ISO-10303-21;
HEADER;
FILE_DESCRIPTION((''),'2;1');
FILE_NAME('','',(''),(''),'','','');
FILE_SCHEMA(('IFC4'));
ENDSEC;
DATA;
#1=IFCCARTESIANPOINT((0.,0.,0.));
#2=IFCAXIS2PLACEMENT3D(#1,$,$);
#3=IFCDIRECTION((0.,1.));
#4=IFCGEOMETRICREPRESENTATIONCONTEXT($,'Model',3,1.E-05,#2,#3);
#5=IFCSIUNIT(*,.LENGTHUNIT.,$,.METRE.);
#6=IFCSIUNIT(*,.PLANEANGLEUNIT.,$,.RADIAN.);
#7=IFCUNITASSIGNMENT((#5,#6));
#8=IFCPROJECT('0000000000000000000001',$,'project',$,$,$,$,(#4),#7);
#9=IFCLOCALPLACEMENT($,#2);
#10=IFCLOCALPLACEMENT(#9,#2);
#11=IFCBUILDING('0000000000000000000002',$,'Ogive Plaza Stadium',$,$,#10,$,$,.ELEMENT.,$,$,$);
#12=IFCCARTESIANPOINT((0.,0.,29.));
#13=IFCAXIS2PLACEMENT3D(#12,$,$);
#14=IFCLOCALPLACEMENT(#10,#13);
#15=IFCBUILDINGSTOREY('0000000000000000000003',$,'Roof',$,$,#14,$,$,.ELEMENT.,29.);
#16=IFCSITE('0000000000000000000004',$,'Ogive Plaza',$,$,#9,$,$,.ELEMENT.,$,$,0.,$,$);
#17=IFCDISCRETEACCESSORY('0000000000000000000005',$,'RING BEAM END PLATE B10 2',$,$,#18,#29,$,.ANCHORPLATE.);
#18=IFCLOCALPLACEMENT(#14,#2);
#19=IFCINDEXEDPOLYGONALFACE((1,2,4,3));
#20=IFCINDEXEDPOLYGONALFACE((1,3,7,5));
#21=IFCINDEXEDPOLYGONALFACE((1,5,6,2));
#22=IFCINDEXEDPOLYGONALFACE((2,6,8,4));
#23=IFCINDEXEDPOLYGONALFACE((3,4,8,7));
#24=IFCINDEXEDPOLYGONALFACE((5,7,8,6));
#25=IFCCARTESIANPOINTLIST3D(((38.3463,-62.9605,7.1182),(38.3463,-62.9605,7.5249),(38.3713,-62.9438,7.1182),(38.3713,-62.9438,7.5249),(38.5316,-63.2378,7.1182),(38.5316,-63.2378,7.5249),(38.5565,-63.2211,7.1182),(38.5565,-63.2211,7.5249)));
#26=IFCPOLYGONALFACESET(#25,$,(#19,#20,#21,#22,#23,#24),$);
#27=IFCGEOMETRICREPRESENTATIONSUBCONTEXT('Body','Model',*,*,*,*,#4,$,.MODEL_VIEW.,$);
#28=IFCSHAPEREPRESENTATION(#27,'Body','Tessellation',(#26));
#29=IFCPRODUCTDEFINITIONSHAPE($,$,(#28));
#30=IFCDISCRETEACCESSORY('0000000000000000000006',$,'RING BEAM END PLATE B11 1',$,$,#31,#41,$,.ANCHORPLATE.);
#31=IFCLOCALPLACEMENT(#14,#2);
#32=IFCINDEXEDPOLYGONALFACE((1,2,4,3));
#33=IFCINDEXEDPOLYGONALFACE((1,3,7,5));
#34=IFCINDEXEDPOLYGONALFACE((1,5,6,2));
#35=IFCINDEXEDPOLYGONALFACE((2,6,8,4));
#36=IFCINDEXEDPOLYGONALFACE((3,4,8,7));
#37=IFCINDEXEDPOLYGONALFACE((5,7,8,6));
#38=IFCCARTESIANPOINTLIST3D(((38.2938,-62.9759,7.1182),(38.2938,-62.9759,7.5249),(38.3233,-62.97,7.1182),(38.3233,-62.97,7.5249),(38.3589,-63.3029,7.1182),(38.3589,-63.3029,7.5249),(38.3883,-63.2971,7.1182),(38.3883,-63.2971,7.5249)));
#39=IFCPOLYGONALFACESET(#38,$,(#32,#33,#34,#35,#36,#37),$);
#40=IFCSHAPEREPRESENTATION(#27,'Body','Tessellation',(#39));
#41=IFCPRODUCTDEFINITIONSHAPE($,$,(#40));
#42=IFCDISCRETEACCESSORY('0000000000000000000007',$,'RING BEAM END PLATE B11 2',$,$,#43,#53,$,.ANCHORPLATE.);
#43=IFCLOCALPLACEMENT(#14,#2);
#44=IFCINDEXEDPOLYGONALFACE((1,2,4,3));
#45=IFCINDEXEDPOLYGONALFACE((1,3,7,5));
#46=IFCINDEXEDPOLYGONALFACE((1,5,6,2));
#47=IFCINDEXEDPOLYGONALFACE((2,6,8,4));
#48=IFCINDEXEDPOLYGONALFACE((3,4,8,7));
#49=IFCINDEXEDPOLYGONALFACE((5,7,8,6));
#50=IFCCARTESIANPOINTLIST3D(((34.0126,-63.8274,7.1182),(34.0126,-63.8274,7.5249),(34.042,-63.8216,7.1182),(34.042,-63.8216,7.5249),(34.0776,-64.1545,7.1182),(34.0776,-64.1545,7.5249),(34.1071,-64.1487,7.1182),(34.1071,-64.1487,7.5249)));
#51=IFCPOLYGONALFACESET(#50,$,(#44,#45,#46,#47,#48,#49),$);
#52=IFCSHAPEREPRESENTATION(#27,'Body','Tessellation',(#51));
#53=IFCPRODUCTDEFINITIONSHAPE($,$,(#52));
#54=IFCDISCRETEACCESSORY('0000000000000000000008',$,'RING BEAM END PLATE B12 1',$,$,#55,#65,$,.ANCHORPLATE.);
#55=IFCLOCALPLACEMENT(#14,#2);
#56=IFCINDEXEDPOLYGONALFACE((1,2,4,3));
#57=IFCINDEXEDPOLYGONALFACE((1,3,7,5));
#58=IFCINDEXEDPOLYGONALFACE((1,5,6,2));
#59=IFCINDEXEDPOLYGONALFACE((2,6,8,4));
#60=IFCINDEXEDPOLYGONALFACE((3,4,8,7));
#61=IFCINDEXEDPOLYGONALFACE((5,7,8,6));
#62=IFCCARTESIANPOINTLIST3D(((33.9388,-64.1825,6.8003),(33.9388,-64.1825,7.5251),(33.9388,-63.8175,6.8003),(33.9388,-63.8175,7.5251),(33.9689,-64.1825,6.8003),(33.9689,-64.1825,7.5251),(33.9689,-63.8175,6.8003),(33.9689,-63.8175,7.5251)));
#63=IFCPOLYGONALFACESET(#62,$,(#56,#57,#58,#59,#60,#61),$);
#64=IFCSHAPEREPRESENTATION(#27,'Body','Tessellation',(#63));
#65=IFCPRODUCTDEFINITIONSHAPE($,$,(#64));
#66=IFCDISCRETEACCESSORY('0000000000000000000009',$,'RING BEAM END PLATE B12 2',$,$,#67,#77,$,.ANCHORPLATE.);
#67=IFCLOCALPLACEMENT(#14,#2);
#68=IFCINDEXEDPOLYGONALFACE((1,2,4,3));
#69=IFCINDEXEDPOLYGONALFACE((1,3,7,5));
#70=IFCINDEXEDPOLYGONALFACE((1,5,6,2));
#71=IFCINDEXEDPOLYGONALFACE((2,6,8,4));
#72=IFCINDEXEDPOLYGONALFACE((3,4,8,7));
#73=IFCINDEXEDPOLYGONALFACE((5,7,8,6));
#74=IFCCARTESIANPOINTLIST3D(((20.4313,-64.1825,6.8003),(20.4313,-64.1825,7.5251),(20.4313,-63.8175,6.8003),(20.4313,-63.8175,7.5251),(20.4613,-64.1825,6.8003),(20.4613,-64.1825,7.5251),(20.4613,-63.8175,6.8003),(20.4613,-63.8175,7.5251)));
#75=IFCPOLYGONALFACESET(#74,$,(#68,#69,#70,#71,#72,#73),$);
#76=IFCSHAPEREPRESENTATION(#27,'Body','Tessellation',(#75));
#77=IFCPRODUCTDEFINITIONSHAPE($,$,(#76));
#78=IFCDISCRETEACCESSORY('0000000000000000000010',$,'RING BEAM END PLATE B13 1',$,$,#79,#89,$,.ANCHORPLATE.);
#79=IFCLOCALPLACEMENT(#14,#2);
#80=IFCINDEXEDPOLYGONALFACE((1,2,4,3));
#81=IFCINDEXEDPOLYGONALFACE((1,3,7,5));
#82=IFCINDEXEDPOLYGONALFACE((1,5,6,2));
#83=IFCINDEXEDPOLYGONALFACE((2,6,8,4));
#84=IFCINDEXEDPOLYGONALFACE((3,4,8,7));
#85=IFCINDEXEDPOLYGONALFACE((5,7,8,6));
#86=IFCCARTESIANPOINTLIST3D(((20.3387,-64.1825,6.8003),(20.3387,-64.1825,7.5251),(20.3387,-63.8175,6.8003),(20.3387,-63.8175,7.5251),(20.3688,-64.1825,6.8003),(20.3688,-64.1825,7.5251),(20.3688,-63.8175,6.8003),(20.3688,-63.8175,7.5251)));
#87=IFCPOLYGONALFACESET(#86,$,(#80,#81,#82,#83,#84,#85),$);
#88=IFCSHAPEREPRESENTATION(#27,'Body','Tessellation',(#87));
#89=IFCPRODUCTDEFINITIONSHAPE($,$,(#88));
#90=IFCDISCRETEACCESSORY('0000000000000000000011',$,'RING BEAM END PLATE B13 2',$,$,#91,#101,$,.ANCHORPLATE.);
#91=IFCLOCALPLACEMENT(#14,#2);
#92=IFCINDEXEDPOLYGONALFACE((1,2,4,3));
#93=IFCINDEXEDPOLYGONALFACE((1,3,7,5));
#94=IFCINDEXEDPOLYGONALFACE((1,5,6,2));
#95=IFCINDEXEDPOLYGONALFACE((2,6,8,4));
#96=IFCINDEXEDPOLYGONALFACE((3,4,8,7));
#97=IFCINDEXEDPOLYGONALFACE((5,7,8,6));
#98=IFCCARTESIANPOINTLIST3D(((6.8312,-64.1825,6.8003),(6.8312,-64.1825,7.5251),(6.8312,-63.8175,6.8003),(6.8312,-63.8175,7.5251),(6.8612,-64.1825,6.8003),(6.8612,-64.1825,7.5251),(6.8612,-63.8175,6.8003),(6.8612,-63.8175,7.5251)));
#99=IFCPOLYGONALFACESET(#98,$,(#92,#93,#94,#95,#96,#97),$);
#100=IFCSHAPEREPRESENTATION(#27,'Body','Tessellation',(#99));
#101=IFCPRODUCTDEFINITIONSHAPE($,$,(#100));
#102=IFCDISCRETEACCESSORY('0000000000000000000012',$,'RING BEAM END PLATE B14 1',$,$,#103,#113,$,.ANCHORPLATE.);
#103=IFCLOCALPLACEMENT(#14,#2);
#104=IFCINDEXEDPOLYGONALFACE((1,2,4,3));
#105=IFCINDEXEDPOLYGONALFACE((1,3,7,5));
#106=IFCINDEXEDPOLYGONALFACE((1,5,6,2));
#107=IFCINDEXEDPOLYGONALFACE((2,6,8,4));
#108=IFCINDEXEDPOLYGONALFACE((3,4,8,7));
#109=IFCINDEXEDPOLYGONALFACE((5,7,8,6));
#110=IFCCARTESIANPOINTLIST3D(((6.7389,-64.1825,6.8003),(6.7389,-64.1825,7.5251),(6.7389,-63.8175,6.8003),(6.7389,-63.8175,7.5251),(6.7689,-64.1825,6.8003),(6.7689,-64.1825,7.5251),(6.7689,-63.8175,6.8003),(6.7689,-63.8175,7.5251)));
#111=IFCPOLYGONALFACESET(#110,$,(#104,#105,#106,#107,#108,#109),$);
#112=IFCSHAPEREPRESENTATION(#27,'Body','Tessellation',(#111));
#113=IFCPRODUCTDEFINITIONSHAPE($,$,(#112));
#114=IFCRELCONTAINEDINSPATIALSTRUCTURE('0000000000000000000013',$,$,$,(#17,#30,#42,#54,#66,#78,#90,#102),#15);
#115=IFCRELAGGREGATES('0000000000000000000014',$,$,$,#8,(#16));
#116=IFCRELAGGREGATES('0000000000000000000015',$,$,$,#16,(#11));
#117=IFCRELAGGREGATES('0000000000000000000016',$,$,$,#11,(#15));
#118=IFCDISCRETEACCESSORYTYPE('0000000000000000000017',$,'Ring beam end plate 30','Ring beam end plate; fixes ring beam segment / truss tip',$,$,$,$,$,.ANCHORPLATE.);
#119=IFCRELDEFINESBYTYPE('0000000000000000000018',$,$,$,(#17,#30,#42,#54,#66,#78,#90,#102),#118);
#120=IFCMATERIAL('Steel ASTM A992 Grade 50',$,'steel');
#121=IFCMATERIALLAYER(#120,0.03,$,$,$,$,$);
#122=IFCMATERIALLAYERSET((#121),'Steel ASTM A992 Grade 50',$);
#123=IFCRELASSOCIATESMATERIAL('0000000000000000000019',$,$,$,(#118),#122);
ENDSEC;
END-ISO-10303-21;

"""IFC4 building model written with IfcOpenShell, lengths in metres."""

from ifc_helpers import new_model, si_unit, direction, frame, origin, origin_2d, place, context, subcontext, project, spatial, rectangle, extrude, material, layer, layer_set, type_object, element, save


model = new_model("IFC4")

# Units and contexts
model_context = context("Model", 3, precision=1e-05, world=origin(), true_north=direction((0.0, 1.0)))
body_context = subcontext(model_context, "Body", "Model", "MODEL_VIEW")
ifc_project = project(units=[si_unit("LENGTHUNIT", "METRE"), si_unit("PLANEANGLEUNIT", "RADIAN")], contexts=[model_context])

# Site, building, storey
site_placement = place(None, origin())
site = spatial("IfcSite", under=ifc_project, at=site_placement, Name="Ogive Plaza", CompositionType="ELEMENT", RefElevation=0.0)
building_placement = place(site_placement, origin())
building = spatial("IfcBuilding", under=site, at=building_placement, Name="Ogive Plaza Stadium", CompositionType="ELEMENT")
storey_placement = place(building_placement, frame((0.0, 0.0, 29.0)))
storey = spatial("IfcBuildingStorey", under=building, at=storey_placement, Name="Roof", CompositionType="ELEMENT", Elevation=29.0)

# Discrete accessories
ifc_material_1 = material(Name="Steel ASTM A992 Grade 50", Category="steel")
ifc_layer_1 = layer(ifc_material_1, 0.03)
ifc_layer_set_1 = layer_set([ifc_layer_1], Name="Steel ASTM A992 Grade 50")
discrete_accessory_type = type_object("IfcDiscreteAccessoryType", Name="Ring beam end plate 30", Description="Ring beam end plate; fixes ring beam segment / truss tip", PredefinedType="ANCHORPLATE", material=ifc_layer_set_1)
for number, where, z_axis, x_axis, name in (
    (1, (38.4514, -63.0908, 7.1182), (0.0, 0.0, 1.0), (-0.83147, -0.55557, 0.0), "RING BEAM END PLATE B10 2"),
    (2, (38.3411, -63.1365, 7.1182), (0.0, 0.0, 1.0), (-0.980785, -0.19509, 0.0), "RING BEAM END PLATE B11 1"),
    (3, (34.0598, -63.988, 7.1182), (0.0, 0.0, 1.0), (-0.980785, -0.19509, 0.0), "RING BEAM END PLATE B11 2"),
):
    element("IfcDiscreteAccessory", number, at=place(storey_placement, frame(where, z_axis=z_axis, x_axis=x_axis)), inside=storey, type_object=discrete_accessory_type, Name=name, PredefinedType="ANCHORPLATE", context=body_context, shape_type="SweptSolid", body=[
        extrude(rectangle(XDim=0.03, YDim=0.3335, at=origin_2d()), origin(), (0.0, 0.0, 1.0), 0.4067),
    ])
for number, where, z_axis, x_axis, name in (
    (4, (33.9539, -64.0, 6.8003), (0.0, 0.0, 1.0), (-1.0, 0.0, 0.0), "RING BEAM END PLATE B12 1"),
    (5, (20.4463, -64.0, 6.8003), (0.0, 0.0, 1.0), (-1.0, 0.0, 0.0), "RING BEAM END PLATE B12 2"),
    (6, (20.3538, -64.0, 6.8003), (0.0, 0.0, 1.0), (-1.0, 0.0, 0.0), "RING BEAM END PLATE B13 1"),
    (7, (6.8462, -64.0, 6.8003), (0.0, 0.0, 1.0), (-1.0, 0.0, 0.0), "RING BEAM END PLATE B13 2"),
    (8, (6.7539, -64.0, 6.8003), (0.0, 0.0, 1.0), (-1.0, 0.0, 0.0), "RING BEAM END PLATE B14 1"),
):
    element("IfcDiscreteAccessory", number, at=place(storey_placement, frame(where, z_axis=z_axis, x_axis=x_axis)), inside=storey, type_object=discrete_accessory_type, Name=name, PredefinedType="ANCHORPLATE", context=body_context, shape_type="SweptSolid", body=[
        extrude(rectangle(XDim=0.03, YDim=0.365, at=origin_2d()), origin(), (0.0, 0.0, 1.0), 0.7249),
    ])

save(model, "model.ifc")
